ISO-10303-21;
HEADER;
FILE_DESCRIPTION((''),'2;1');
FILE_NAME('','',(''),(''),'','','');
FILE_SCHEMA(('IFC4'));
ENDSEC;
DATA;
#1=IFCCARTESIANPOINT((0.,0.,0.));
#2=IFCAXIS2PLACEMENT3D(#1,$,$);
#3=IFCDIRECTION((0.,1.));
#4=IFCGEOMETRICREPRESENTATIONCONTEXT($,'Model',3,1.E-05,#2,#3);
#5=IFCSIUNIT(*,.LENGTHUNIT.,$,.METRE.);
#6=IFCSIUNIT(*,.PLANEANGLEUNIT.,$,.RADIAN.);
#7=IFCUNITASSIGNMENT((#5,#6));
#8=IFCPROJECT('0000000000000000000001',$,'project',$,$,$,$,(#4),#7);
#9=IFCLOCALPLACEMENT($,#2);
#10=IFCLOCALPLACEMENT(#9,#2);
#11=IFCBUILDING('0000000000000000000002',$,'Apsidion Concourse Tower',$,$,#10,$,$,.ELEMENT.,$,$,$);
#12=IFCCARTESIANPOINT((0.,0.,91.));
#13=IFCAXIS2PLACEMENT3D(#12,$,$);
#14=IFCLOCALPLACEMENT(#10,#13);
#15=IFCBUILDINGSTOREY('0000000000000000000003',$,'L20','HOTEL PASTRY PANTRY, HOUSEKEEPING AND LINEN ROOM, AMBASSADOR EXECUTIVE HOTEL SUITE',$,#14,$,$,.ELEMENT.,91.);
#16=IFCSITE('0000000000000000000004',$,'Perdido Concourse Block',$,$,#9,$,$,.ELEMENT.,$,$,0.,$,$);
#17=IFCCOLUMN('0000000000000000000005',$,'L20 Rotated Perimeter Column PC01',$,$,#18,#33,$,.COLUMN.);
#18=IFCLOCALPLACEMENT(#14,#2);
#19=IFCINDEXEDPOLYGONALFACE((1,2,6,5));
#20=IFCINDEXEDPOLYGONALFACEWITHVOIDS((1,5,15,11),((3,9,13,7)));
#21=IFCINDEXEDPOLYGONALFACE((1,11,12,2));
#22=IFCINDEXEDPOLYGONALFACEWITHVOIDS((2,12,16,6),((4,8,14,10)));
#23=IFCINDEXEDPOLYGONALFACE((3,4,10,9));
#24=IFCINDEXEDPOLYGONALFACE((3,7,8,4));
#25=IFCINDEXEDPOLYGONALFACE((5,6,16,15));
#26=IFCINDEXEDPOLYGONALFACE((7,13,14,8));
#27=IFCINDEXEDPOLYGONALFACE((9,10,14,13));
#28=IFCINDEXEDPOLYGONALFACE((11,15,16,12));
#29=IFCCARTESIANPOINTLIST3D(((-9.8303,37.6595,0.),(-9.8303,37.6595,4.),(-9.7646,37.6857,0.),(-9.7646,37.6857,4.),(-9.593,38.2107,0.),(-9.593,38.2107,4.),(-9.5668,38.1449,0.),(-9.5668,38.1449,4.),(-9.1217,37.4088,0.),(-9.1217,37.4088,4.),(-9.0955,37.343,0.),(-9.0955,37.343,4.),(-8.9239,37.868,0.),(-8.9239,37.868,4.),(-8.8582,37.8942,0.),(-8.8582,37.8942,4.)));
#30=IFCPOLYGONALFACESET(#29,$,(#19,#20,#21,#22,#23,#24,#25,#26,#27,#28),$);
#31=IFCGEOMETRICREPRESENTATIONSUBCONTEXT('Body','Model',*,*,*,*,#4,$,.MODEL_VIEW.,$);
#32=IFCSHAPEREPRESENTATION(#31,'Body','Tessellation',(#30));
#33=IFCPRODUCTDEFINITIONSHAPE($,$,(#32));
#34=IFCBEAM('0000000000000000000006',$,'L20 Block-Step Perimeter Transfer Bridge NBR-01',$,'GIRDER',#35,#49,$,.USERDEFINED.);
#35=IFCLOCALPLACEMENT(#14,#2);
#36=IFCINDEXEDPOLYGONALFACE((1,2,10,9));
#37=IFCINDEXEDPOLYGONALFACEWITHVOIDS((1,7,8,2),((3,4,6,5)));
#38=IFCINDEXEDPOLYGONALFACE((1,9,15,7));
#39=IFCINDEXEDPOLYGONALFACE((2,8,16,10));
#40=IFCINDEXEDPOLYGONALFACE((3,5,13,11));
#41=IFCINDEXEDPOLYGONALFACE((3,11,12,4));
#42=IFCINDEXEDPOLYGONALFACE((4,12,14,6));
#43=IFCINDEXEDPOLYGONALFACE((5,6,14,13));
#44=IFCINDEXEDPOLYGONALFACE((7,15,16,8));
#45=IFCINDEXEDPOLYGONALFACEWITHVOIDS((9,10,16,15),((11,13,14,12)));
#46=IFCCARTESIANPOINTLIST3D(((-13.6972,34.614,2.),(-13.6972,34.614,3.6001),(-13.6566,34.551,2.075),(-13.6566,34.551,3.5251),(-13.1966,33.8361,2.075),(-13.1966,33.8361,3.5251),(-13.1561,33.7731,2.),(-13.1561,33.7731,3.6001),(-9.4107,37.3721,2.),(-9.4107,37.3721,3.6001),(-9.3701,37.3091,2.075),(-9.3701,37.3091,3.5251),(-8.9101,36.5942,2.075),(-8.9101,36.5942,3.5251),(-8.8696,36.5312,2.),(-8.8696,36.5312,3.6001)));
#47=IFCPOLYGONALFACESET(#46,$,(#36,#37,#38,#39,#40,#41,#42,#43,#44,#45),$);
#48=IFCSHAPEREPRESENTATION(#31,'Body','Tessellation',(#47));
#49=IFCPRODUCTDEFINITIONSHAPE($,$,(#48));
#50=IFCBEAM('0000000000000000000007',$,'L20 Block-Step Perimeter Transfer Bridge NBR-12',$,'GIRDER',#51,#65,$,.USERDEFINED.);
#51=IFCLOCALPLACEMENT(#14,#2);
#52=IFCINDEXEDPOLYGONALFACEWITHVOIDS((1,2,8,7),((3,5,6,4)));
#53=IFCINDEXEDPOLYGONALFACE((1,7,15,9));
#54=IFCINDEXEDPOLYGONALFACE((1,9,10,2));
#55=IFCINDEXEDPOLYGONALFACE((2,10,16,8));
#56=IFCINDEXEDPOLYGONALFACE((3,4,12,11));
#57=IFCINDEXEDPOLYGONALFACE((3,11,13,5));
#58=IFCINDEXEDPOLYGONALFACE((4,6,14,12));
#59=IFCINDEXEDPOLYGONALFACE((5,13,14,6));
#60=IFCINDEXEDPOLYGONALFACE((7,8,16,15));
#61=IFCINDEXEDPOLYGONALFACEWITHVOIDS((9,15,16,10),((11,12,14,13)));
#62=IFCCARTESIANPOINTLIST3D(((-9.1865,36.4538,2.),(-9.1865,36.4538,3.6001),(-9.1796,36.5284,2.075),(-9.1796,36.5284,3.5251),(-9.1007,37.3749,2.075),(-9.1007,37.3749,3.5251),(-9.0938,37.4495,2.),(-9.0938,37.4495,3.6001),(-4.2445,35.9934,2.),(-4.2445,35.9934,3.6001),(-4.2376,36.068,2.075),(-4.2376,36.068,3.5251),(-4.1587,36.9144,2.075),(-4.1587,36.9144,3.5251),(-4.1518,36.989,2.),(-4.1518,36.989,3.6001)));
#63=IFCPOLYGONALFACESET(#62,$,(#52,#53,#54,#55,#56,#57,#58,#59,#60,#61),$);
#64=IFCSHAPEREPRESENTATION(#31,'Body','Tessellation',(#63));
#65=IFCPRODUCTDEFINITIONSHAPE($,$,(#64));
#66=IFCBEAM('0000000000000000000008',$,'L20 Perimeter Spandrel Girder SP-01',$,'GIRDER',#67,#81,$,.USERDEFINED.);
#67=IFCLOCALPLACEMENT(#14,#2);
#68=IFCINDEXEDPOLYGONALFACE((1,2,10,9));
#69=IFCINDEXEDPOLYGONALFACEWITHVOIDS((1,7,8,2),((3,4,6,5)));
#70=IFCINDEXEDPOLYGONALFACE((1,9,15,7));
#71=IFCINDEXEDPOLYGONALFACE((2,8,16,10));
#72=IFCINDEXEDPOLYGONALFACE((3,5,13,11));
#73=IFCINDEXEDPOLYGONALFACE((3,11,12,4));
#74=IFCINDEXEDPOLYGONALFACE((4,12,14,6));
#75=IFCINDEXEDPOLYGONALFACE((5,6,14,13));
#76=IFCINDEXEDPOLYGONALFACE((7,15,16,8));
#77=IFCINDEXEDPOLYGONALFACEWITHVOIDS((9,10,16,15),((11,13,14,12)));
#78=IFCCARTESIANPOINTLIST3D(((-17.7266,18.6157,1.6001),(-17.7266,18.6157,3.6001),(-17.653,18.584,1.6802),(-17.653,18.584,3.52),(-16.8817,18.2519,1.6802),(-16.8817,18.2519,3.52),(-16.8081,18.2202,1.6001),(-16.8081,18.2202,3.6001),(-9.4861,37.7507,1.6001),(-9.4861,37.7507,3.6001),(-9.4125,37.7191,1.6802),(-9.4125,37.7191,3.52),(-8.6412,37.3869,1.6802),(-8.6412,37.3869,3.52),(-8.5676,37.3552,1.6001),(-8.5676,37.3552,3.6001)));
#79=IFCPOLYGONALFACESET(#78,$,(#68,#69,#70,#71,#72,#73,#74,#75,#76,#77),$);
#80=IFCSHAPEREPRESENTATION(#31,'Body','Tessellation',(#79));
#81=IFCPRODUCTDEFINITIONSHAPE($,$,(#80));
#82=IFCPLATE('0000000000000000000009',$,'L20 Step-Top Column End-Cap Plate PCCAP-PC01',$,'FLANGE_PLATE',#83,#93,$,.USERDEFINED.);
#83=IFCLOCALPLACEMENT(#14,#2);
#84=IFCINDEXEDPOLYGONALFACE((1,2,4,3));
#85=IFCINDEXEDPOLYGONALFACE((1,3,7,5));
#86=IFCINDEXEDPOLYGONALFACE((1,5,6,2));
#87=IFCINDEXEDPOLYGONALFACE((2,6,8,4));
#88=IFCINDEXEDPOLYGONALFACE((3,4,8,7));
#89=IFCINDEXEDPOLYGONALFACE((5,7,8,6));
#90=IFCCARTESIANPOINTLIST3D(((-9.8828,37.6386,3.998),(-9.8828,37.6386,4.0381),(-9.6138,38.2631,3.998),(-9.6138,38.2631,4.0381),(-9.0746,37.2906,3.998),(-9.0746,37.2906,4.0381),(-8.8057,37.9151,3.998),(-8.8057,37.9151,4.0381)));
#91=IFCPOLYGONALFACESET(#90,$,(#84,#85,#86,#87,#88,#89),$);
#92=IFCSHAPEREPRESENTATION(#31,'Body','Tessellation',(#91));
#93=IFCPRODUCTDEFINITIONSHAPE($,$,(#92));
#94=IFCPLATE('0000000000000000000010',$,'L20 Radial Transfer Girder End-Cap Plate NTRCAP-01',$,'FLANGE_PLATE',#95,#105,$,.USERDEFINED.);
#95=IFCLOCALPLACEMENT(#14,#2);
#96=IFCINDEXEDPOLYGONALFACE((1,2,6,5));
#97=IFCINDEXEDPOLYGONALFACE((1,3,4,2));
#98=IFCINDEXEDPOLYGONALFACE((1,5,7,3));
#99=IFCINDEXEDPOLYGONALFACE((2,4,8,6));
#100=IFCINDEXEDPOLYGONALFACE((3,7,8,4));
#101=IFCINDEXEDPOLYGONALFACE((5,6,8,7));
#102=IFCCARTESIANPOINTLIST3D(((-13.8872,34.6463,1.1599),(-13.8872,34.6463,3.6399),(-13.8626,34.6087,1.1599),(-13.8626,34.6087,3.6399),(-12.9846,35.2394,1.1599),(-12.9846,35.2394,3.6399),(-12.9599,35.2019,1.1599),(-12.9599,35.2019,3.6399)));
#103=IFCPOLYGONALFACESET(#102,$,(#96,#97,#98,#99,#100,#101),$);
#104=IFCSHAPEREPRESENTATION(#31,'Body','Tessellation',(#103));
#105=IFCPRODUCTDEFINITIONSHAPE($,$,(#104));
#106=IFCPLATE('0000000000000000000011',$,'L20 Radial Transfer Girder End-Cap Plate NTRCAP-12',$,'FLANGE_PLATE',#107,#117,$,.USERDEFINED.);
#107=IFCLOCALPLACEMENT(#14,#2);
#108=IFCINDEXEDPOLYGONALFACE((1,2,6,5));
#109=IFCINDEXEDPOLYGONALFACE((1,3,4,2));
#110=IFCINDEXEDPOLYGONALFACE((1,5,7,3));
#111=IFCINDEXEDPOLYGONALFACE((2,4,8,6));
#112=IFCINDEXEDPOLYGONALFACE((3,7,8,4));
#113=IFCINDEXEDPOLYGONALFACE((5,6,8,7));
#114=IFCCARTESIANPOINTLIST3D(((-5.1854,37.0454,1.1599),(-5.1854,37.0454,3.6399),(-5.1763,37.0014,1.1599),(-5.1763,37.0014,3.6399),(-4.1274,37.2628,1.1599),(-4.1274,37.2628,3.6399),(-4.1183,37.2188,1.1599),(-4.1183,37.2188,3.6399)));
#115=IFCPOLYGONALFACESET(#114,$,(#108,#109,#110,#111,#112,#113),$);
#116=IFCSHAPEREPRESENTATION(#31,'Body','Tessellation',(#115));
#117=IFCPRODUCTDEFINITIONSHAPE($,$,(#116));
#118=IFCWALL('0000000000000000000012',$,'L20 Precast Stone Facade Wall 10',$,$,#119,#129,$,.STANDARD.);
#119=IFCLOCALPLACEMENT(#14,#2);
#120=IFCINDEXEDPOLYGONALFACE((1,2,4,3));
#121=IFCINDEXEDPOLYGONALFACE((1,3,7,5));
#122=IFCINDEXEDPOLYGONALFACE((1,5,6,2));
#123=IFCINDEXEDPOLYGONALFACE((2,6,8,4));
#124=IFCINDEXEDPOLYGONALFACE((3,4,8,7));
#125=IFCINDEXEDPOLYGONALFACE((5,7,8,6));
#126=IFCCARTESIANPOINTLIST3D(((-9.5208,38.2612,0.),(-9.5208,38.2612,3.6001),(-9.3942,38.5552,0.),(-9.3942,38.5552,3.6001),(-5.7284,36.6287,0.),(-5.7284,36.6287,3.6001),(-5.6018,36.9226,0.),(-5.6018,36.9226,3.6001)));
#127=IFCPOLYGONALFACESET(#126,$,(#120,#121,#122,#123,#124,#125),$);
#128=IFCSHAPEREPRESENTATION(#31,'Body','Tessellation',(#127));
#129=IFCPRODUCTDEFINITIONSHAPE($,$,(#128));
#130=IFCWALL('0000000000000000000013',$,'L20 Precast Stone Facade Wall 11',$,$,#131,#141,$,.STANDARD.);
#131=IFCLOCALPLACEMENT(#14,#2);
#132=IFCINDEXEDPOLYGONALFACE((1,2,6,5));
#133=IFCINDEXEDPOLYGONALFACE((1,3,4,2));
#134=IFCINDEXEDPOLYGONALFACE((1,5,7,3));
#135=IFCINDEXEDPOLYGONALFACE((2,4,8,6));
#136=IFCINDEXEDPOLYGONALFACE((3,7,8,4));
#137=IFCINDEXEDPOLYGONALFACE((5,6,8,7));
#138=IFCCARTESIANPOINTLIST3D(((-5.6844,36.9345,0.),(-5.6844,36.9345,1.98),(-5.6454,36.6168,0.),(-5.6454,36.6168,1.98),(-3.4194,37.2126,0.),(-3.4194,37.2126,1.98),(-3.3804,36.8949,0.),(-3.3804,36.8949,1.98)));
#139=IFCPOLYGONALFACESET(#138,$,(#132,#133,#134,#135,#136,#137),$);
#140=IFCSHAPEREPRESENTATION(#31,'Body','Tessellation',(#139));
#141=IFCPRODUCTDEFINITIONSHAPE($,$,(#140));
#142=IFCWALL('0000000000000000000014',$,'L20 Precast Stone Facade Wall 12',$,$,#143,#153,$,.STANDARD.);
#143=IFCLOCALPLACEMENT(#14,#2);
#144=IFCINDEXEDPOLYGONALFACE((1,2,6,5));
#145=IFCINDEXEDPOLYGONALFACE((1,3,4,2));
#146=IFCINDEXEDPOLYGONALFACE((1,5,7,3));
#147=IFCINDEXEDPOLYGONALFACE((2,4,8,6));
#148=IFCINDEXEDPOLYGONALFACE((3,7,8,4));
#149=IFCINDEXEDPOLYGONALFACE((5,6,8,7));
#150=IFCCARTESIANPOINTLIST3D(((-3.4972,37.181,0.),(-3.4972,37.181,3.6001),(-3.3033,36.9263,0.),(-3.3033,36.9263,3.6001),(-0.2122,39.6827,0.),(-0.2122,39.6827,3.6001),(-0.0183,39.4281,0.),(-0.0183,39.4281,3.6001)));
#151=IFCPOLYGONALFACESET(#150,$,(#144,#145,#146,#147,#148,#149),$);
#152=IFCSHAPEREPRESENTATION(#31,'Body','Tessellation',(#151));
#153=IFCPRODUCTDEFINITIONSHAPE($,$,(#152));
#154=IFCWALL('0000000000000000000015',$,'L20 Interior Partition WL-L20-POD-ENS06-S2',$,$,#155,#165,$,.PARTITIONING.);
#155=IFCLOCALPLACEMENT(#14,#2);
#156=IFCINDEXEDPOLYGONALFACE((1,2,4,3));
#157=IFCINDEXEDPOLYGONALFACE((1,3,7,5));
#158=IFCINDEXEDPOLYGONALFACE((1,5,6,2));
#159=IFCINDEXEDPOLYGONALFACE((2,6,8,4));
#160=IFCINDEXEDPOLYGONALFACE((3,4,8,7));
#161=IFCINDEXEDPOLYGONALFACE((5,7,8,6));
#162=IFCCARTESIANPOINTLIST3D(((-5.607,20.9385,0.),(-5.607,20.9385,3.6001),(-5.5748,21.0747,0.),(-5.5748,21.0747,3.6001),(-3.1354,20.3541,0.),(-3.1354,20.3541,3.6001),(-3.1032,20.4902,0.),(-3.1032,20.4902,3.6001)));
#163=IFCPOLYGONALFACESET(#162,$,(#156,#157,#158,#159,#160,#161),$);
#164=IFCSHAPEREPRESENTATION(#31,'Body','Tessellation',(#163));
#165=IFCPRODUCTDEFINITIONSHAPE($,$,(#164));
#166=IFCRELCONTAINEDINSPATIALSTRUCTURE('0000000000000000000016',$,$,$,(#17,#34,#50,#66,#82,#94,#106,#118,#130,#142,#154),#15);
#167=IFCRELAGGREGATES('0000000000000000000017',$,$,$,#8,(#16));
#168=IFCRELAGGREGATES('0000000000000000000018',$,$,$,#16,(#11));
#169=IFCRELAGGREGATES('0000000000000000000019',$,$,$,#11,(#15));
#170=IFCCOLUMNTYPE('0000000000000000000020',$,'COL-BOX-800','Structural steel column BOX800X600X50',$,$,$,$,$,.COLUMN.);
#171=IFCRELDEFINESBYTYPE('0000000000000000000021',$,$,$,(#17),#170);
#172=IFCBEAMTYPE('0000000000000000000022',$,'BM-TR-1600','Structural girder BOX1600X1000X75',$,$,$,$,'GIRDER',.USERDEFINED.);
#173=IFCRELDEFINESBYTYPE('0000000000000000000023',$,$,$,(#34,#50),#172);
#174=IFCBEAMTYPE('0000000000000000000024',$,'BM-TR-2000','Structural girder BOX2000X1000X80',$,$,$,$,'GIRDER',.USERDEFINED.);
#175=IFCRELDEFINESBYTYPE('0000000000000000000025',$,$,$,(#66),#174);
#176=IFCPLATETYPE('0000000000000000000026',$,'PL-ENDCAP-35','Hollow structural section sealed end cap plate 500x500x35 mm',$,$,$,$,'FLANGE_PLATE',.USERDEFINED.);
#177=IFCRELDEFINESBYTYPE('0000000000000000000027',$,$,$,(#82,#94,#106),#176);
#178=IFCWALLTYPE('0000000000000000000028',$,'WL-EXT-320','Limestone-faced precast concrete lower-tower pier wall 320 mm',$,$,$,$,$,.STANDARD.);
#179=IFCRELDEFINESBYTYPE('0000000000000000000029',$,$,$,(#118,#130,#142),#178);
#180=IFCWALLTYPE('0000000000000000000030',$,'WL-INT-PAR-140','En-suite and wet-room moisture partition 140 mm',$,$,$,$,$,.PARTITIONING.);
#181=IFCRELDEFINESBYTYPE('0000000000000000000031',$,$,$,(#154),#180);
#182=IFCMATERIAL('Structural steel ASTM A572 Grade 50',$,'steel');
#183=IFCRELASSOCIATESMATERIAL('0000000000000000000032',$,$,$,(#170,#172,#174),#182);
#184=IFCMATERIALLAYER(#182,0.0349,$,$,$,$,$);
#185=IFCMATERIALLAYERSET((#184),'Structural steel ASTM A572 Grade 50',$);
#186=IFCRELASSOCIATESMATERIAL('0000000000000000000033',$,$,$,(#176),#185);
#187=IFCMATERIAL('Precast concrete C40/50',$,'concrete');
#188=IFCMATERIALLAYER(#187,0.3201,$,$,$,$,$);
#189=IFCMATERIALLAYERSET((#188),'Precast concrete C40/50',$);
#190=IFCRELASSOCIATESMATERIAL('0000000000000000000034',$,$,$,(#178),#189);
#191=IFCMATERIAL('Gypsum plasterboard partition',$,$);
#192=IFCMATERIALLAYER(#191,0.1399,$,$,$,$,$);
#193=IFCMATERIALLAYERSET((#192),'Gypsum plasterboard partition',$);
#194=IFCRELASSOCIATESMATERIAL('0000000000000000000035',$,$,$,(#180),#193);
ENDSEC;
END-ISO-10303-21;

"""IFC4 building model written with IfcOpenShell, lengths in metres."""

from ifc_helpers import new_model, si_unit, direction, frame, frame_2d, origin, origin_2d, place, context, subcontext, project, spatial, rectangle, hollow_rectangle, extrude, material, layer, layer_set, material_profile, profile_set, type_object, element, save


model = new_model("IFC4")

# Units and contexts
model_context = context("Model", 3, precision=1e-05, world=origin(), true_north=direction((0.0, 1.0)))
body_context = subcontext(model_context, "Body", "Model", "MODEL_VIEW")
ifc_project = project(units=[si_unit("LENGTHUNIT", "METRE"), si_unit("PLANEANGLEUNIT", "RADIAN")], contexts=[model_context])

# Site, building, storey
site_placement = place(None, origin())
site = spatial("IfcSite", under=ifc_project, at=site_placement, Name="Perdido Concourse Block", CompositionType="ELEMENT", RefElevation=0.0)
building_placement = place(site_placement, origin())
building = spatial("IfcBuilding", under=site, at=building_placement, Name="Apsidion Concourse Tower", CompositionType="ELEMENT")
storey_placement = place(building_placement, frame((0.0, 0.0, 91.0)))
storey = spatial("IfcBuildingStorey", under=building, at=storey_placement, Name="L20", Description="HOTEL PASTRY PANTRY, HOUSEKEEPING AND LINEN ROOM, AMBASSADOR EXECUTIVE HOTEL SUITE", CompositionType="ELEMENT", Elevation=91.0)

# Column
ifc_material_1 = material(Name="Structural steel ASTM A572 Grade 50", Category="steel")
ifc_material_profile_1 = material_profile(ifc_material_1, hollow_rectangle(XDim=0.6001, YDim=0.8, WallThickness=0.05, at=origin_2d()), Name="BOX800X600X50")
ifc_profile_set_1 = profile_set([ifc_material_profile_1], Name="Structural steel ASTM A572 Grade 50")
column_type = type_object("IfcColumnType", Name="COL-BOX-800", Description="Structural steel column BOX800X600X50", PredefinedType="COLUMN", material=ifc_profile_set_1)
column_placement = place(storey_placement, frame((-9.3442, 37.7769, 0.0), z_axis=(0.0, 0.0, 1.0), x_axis=(0.395546, 0.918446, 0.0)))
element("IfcColumn", 1, at=column_placement, inside=storey, type_object=column_type, Name="L20 Rotated Perimeter Column PC01", PredefinedType="COLUMN", context=body_context, shape_type="SweptSolid", body=[
    extrude(hollow_rectangle(XDim=0.6001, YDim=0.8, WallThickness=0.05, at=origin_2d()), origin(), (0.0, 0.0, 1.0), 4.0),
])

# Beams
ifc_material_profile_2 = material_profile(ifc_material_1, hollow_rectangle(XDim=1.0, YDim=1.6001, WallThickness=0.075, at=origin_2d()), Name="BOX1600X1000X75")
ifc_profile_set_2 = profile_set([ifc_material_profile_2], Name="Structural steel ASTM A572 Grade 50")
beam_type_1 = type_object("IfcBeamType", Name="BM-TR-1600", Description="Structural girder BOX1600X1000X75", ElementType="GIRDER", PredefinedType="USERDEFINED", material=ifc_profile_set_2)
beam_1_placement = place(storey_placement, frame((-9.1401, 36.9517, 2.8), z_axis=(-0.840953, -0.541109, 0.0), x_axis=(0.541109, -0.840953, 0.0)))
element("IfcBeam", 2, at=beam_1_placement, inside=storey, type_object=beam_type_1, Name="L20 Block-Step Perimeter Transfer Bridge NBR-01", ObjectType="GIRDER", PredefinedType="USERDEFINED", context=body_context, shape_type="SweptSolid", body=[
    extrude(hollow_rectangle(XDim=1.0, YDim=1.6001, WallThickness=0.075, at=origin_2d()), origin(), (0.0, 0.0, 1.0), 5.0972),
])
beam_2_placement = place(storey_placement, frame((-9.1401, 36.9517, 2.8), z_axis=(0.995687, -0.092771, 0.0), x_axis=(0.092771, 0.995687, 0.0)))
element("IfcBeam", 3, at=beam_2_placement, inside=storey, type_object=beam_type_1, Name="L20 Block-Step Perimeter Transfer Bridge NBR-12", ObjectType="GIRDER", PredefinedType="USERDEFINED", context=body_context, shape_type="SweptSolid", body=[
    extrude(hollow_rectangle(XDim=1.0, YDim=1.6001, WallThickness=0.075, at=origin_2d()), origin(), (0.0, 0.0, 1.0), 4.9634),
])
ifc_material_profile_3 = material_profile(ifc_material_1, hollow_rectangle(XDim=1.0, YDim=2.0, WallThickness=0.0801, at=origin_2d()), Name="BOX2000X1000X80")
ifc_profile_set_3 = profile_set([ifc_material_profile_3], Name="Structural steel ASTM A572 Grade 50")
beam_type_2 = type_object("IfcBeamType", Name="BM-TR-2000", Description="Structural girder BOX2000X1000X80", ElementType="GIRDER", PredefinedType="USERDEFINED", material=ifc_profile_set_3)
beam_3_placement = place(storey_placement, frame((-9.0269, 37.553, 2.6001), z_axis=(-0.395531, -0.918453, 0.0), x_axis=(0.918453, -0.395531, 0.0)))
element("IfcBeam", 4, at=beam_3_placement, inside=storey, type_object=beam_type_2, Name="L20 Perimeter Spandrel Girder SP-01", ObjectType="GIRDER", PredefinedType="USERDEFINED", context=body_context, shape_type="SweptSolid", body=[
    extrude(hollow_rectangle(XDim=1.0, YDim=2.0, WallThickness=0.0801, at=origin_2d()), origin(), (0.0, 0.0, 1.0), 20.834),
])

# Plates
ifc_layer_1 = layer(ifc_material_1, 0.0349)
ifc_layer_set_1 = layer_set([ifc_layer_1], Name="Structural steel ASTM A572 Grade 50")
plate_type = type_object("IfcPlateType", Name="PL-ENDCAP-35", Description="Hollow structural section sealed end cap plate 500x500x35 mm", ElementType="FLANGE_PLATE", PredefinedType="USERDEFINED", material=ifc_layer_set_1)
plate_placement = place(storey_placement, frame((-9.3442, 37.7769, 3.998), z_axis=(0.0, 0.0, 1.0), x_axis=(0.395546, 0.918446, 0.0)))
element("IfcPlate", 5, at=plate_placement, inside=storey, type_object=plate_type, Name="L20 Step-Top Column End-Cap Plate PCCAP-PC01", ObjectType="FLANGE_PLATE", PredefinedType="USERDEFINED", context=body_context, shape_type="SweptSolid", body=[
    extrude(rectangle(XDim=0.6799, YDim=0.8799, at=origin_2d()), origin(), (0.0, 0.0, 1.0), 0.04),
])
for number, where, z_axis, x_axis, name in (
    (6, (-13.4236, 34.9241, 1.1599), (0.0, 0.0, 1.0), (-0.549169, 0.835712, 0.0), "L20 Radial Transfer Girder End-Cap Plate NTRCAP-01"),
    (7, (-4.6519, 37.1321, 1.1599), (0.0, 0.0, 1.0), (-0.201249, 0.97954, 0.0), "L20 Radial Transfer Girder End-Cap Plate NTRCAP-12"),
):
    element("IfcPlate", number, at=place(storey_placement, frame(where, z_axis=z_axis, x_axis=x_axis)), inside=storey, type_object=plate_type, Name=name, ObjectType="FLANGE_PLATE", PredefinedType="USERDEFINED", context=body_context, shape_type="SweptSolid", body=[
        extrude(rectangle(XDim=0.0449, YDim=1.0801, at=origin_2d()), origin(), (0.0, 0.0, 1.0), 2.48),
    ])

# Walls
ifc_material_2 = material(Name="Precast concrete C40/50", Category="concrete")
ifc_layer_2 = layer(ifc_material_2, 0.3201)
ifc_layer_set_2 = layer_set([ifc_layer_2], Name="Precast concrete C40/50")
wall_type_1 = type_object("IfcWallType", Name="WL-EXT-320", Description="Limestone-faced precast concrete lower-tower pier wall 320 mm", PredefinedType="STANDARD", material=ifc_layer_set_2)
wall_1_placement = place(storey_placement, frame((-9.4575, 38.4082, 0.0), z_axis=(0.0, 0.0, 1.0), x_axis=(0.918511, -0.395396, 0.0)))
element("IfcWall", 8, at=wall_1_placement, inside=storey, type_object=wall_type_1, Name="L20 Precast Stone Facade Wall 10", PredefinedType="STANDARD", context=body_context, shape_type="SweptSolid", body=[
    extrude(rectangle(XDim=4.1289, YDim=0.3201, at=frame_2d((2.0645, 0.0))), origin(), (0.0, 0.0, 1.0), 3.6001),
])
wall_2_placement = place(storey_placement, frame((-5.665, 36.7756, 0.0), z_axis=(0.0, 0.0, 1.0), x_axis=(0.992547, 0.121862, 0.0)))
element("IfcWall", 9, at=wall_2_placement, inside=storey, type_object=wall_type_1, Name="L20 Precast Stone Facade Wall 11", PredefinedType="STANDARD", context=body_context, shape_type="SweptSolid", body=[
    extrude(rectangle(XDim=2.282, YDim=0.3201, at=frame_2d((1.1411, 0.0))), origin(), (0.0, 0.0, 1.0), 1.98),
])
wall_3_placement = place(storey_placement, frame((-3.4001, 37.0537, 0.0), z_axis=(0.0, 0.0, 1.0), x_axis=(0.795558, 0.605878, 0.0)))
element("IfcWall", 10, at=wall_3_placement, inside=storey, type_object=wall_type_1, Name="L20 Precast Stone Facade Wall 12", PredefinedType="STANDARD", context=body_context, shape_type="SweptSolid", body=[
    extrude(rectangle(XDim=4.1292, YDim=0.3201, at=frame_2d((2.0645, 0.0))), origin(), (0.0, 0.0, 1.0), 3.6001),
])
ifc_material_3 = material(Name="Gypsum plasterboard partition")
ifc_layer_3 = layer(ifc_material_3, 0.1399)
ifc_layer_set_3 = layer_set([ifc_layer_3], Name="Gypsum plasterboard partition")
wall_type_2 = type_object("IfcWallType", Name="WL-INT-PAR-140", Description="En-suite and wet-room moisture partition 140 mm", PredefinedType="PARTITIONING", material=ifc_layer_set_3)
wall_4_placement = place(storey_placement, frame((-3.1191, 20.4221, 0.0), z_axis=(0.0, 0.0, 1.0), x_axis=(-0.973162, 0.230121, 0.0)))
element("IfcWall", 11, at=wall_4_placement, inside=storey, type_object=wall_type_2, Name="L20 Interior Partition WL-L20-POD-ENS06-S2", PredefinedType="PARTITIONING", context=body_context, shape_type="SweptSolid", body=[
    extrude(rectangle(XDim=2.5398, YDim=0.1399, at=frame_2d((1.27, 0.0))), origin(), (0.0, 0.0, 1.0), 3.6001),
])

save(model, "model.ifc")
